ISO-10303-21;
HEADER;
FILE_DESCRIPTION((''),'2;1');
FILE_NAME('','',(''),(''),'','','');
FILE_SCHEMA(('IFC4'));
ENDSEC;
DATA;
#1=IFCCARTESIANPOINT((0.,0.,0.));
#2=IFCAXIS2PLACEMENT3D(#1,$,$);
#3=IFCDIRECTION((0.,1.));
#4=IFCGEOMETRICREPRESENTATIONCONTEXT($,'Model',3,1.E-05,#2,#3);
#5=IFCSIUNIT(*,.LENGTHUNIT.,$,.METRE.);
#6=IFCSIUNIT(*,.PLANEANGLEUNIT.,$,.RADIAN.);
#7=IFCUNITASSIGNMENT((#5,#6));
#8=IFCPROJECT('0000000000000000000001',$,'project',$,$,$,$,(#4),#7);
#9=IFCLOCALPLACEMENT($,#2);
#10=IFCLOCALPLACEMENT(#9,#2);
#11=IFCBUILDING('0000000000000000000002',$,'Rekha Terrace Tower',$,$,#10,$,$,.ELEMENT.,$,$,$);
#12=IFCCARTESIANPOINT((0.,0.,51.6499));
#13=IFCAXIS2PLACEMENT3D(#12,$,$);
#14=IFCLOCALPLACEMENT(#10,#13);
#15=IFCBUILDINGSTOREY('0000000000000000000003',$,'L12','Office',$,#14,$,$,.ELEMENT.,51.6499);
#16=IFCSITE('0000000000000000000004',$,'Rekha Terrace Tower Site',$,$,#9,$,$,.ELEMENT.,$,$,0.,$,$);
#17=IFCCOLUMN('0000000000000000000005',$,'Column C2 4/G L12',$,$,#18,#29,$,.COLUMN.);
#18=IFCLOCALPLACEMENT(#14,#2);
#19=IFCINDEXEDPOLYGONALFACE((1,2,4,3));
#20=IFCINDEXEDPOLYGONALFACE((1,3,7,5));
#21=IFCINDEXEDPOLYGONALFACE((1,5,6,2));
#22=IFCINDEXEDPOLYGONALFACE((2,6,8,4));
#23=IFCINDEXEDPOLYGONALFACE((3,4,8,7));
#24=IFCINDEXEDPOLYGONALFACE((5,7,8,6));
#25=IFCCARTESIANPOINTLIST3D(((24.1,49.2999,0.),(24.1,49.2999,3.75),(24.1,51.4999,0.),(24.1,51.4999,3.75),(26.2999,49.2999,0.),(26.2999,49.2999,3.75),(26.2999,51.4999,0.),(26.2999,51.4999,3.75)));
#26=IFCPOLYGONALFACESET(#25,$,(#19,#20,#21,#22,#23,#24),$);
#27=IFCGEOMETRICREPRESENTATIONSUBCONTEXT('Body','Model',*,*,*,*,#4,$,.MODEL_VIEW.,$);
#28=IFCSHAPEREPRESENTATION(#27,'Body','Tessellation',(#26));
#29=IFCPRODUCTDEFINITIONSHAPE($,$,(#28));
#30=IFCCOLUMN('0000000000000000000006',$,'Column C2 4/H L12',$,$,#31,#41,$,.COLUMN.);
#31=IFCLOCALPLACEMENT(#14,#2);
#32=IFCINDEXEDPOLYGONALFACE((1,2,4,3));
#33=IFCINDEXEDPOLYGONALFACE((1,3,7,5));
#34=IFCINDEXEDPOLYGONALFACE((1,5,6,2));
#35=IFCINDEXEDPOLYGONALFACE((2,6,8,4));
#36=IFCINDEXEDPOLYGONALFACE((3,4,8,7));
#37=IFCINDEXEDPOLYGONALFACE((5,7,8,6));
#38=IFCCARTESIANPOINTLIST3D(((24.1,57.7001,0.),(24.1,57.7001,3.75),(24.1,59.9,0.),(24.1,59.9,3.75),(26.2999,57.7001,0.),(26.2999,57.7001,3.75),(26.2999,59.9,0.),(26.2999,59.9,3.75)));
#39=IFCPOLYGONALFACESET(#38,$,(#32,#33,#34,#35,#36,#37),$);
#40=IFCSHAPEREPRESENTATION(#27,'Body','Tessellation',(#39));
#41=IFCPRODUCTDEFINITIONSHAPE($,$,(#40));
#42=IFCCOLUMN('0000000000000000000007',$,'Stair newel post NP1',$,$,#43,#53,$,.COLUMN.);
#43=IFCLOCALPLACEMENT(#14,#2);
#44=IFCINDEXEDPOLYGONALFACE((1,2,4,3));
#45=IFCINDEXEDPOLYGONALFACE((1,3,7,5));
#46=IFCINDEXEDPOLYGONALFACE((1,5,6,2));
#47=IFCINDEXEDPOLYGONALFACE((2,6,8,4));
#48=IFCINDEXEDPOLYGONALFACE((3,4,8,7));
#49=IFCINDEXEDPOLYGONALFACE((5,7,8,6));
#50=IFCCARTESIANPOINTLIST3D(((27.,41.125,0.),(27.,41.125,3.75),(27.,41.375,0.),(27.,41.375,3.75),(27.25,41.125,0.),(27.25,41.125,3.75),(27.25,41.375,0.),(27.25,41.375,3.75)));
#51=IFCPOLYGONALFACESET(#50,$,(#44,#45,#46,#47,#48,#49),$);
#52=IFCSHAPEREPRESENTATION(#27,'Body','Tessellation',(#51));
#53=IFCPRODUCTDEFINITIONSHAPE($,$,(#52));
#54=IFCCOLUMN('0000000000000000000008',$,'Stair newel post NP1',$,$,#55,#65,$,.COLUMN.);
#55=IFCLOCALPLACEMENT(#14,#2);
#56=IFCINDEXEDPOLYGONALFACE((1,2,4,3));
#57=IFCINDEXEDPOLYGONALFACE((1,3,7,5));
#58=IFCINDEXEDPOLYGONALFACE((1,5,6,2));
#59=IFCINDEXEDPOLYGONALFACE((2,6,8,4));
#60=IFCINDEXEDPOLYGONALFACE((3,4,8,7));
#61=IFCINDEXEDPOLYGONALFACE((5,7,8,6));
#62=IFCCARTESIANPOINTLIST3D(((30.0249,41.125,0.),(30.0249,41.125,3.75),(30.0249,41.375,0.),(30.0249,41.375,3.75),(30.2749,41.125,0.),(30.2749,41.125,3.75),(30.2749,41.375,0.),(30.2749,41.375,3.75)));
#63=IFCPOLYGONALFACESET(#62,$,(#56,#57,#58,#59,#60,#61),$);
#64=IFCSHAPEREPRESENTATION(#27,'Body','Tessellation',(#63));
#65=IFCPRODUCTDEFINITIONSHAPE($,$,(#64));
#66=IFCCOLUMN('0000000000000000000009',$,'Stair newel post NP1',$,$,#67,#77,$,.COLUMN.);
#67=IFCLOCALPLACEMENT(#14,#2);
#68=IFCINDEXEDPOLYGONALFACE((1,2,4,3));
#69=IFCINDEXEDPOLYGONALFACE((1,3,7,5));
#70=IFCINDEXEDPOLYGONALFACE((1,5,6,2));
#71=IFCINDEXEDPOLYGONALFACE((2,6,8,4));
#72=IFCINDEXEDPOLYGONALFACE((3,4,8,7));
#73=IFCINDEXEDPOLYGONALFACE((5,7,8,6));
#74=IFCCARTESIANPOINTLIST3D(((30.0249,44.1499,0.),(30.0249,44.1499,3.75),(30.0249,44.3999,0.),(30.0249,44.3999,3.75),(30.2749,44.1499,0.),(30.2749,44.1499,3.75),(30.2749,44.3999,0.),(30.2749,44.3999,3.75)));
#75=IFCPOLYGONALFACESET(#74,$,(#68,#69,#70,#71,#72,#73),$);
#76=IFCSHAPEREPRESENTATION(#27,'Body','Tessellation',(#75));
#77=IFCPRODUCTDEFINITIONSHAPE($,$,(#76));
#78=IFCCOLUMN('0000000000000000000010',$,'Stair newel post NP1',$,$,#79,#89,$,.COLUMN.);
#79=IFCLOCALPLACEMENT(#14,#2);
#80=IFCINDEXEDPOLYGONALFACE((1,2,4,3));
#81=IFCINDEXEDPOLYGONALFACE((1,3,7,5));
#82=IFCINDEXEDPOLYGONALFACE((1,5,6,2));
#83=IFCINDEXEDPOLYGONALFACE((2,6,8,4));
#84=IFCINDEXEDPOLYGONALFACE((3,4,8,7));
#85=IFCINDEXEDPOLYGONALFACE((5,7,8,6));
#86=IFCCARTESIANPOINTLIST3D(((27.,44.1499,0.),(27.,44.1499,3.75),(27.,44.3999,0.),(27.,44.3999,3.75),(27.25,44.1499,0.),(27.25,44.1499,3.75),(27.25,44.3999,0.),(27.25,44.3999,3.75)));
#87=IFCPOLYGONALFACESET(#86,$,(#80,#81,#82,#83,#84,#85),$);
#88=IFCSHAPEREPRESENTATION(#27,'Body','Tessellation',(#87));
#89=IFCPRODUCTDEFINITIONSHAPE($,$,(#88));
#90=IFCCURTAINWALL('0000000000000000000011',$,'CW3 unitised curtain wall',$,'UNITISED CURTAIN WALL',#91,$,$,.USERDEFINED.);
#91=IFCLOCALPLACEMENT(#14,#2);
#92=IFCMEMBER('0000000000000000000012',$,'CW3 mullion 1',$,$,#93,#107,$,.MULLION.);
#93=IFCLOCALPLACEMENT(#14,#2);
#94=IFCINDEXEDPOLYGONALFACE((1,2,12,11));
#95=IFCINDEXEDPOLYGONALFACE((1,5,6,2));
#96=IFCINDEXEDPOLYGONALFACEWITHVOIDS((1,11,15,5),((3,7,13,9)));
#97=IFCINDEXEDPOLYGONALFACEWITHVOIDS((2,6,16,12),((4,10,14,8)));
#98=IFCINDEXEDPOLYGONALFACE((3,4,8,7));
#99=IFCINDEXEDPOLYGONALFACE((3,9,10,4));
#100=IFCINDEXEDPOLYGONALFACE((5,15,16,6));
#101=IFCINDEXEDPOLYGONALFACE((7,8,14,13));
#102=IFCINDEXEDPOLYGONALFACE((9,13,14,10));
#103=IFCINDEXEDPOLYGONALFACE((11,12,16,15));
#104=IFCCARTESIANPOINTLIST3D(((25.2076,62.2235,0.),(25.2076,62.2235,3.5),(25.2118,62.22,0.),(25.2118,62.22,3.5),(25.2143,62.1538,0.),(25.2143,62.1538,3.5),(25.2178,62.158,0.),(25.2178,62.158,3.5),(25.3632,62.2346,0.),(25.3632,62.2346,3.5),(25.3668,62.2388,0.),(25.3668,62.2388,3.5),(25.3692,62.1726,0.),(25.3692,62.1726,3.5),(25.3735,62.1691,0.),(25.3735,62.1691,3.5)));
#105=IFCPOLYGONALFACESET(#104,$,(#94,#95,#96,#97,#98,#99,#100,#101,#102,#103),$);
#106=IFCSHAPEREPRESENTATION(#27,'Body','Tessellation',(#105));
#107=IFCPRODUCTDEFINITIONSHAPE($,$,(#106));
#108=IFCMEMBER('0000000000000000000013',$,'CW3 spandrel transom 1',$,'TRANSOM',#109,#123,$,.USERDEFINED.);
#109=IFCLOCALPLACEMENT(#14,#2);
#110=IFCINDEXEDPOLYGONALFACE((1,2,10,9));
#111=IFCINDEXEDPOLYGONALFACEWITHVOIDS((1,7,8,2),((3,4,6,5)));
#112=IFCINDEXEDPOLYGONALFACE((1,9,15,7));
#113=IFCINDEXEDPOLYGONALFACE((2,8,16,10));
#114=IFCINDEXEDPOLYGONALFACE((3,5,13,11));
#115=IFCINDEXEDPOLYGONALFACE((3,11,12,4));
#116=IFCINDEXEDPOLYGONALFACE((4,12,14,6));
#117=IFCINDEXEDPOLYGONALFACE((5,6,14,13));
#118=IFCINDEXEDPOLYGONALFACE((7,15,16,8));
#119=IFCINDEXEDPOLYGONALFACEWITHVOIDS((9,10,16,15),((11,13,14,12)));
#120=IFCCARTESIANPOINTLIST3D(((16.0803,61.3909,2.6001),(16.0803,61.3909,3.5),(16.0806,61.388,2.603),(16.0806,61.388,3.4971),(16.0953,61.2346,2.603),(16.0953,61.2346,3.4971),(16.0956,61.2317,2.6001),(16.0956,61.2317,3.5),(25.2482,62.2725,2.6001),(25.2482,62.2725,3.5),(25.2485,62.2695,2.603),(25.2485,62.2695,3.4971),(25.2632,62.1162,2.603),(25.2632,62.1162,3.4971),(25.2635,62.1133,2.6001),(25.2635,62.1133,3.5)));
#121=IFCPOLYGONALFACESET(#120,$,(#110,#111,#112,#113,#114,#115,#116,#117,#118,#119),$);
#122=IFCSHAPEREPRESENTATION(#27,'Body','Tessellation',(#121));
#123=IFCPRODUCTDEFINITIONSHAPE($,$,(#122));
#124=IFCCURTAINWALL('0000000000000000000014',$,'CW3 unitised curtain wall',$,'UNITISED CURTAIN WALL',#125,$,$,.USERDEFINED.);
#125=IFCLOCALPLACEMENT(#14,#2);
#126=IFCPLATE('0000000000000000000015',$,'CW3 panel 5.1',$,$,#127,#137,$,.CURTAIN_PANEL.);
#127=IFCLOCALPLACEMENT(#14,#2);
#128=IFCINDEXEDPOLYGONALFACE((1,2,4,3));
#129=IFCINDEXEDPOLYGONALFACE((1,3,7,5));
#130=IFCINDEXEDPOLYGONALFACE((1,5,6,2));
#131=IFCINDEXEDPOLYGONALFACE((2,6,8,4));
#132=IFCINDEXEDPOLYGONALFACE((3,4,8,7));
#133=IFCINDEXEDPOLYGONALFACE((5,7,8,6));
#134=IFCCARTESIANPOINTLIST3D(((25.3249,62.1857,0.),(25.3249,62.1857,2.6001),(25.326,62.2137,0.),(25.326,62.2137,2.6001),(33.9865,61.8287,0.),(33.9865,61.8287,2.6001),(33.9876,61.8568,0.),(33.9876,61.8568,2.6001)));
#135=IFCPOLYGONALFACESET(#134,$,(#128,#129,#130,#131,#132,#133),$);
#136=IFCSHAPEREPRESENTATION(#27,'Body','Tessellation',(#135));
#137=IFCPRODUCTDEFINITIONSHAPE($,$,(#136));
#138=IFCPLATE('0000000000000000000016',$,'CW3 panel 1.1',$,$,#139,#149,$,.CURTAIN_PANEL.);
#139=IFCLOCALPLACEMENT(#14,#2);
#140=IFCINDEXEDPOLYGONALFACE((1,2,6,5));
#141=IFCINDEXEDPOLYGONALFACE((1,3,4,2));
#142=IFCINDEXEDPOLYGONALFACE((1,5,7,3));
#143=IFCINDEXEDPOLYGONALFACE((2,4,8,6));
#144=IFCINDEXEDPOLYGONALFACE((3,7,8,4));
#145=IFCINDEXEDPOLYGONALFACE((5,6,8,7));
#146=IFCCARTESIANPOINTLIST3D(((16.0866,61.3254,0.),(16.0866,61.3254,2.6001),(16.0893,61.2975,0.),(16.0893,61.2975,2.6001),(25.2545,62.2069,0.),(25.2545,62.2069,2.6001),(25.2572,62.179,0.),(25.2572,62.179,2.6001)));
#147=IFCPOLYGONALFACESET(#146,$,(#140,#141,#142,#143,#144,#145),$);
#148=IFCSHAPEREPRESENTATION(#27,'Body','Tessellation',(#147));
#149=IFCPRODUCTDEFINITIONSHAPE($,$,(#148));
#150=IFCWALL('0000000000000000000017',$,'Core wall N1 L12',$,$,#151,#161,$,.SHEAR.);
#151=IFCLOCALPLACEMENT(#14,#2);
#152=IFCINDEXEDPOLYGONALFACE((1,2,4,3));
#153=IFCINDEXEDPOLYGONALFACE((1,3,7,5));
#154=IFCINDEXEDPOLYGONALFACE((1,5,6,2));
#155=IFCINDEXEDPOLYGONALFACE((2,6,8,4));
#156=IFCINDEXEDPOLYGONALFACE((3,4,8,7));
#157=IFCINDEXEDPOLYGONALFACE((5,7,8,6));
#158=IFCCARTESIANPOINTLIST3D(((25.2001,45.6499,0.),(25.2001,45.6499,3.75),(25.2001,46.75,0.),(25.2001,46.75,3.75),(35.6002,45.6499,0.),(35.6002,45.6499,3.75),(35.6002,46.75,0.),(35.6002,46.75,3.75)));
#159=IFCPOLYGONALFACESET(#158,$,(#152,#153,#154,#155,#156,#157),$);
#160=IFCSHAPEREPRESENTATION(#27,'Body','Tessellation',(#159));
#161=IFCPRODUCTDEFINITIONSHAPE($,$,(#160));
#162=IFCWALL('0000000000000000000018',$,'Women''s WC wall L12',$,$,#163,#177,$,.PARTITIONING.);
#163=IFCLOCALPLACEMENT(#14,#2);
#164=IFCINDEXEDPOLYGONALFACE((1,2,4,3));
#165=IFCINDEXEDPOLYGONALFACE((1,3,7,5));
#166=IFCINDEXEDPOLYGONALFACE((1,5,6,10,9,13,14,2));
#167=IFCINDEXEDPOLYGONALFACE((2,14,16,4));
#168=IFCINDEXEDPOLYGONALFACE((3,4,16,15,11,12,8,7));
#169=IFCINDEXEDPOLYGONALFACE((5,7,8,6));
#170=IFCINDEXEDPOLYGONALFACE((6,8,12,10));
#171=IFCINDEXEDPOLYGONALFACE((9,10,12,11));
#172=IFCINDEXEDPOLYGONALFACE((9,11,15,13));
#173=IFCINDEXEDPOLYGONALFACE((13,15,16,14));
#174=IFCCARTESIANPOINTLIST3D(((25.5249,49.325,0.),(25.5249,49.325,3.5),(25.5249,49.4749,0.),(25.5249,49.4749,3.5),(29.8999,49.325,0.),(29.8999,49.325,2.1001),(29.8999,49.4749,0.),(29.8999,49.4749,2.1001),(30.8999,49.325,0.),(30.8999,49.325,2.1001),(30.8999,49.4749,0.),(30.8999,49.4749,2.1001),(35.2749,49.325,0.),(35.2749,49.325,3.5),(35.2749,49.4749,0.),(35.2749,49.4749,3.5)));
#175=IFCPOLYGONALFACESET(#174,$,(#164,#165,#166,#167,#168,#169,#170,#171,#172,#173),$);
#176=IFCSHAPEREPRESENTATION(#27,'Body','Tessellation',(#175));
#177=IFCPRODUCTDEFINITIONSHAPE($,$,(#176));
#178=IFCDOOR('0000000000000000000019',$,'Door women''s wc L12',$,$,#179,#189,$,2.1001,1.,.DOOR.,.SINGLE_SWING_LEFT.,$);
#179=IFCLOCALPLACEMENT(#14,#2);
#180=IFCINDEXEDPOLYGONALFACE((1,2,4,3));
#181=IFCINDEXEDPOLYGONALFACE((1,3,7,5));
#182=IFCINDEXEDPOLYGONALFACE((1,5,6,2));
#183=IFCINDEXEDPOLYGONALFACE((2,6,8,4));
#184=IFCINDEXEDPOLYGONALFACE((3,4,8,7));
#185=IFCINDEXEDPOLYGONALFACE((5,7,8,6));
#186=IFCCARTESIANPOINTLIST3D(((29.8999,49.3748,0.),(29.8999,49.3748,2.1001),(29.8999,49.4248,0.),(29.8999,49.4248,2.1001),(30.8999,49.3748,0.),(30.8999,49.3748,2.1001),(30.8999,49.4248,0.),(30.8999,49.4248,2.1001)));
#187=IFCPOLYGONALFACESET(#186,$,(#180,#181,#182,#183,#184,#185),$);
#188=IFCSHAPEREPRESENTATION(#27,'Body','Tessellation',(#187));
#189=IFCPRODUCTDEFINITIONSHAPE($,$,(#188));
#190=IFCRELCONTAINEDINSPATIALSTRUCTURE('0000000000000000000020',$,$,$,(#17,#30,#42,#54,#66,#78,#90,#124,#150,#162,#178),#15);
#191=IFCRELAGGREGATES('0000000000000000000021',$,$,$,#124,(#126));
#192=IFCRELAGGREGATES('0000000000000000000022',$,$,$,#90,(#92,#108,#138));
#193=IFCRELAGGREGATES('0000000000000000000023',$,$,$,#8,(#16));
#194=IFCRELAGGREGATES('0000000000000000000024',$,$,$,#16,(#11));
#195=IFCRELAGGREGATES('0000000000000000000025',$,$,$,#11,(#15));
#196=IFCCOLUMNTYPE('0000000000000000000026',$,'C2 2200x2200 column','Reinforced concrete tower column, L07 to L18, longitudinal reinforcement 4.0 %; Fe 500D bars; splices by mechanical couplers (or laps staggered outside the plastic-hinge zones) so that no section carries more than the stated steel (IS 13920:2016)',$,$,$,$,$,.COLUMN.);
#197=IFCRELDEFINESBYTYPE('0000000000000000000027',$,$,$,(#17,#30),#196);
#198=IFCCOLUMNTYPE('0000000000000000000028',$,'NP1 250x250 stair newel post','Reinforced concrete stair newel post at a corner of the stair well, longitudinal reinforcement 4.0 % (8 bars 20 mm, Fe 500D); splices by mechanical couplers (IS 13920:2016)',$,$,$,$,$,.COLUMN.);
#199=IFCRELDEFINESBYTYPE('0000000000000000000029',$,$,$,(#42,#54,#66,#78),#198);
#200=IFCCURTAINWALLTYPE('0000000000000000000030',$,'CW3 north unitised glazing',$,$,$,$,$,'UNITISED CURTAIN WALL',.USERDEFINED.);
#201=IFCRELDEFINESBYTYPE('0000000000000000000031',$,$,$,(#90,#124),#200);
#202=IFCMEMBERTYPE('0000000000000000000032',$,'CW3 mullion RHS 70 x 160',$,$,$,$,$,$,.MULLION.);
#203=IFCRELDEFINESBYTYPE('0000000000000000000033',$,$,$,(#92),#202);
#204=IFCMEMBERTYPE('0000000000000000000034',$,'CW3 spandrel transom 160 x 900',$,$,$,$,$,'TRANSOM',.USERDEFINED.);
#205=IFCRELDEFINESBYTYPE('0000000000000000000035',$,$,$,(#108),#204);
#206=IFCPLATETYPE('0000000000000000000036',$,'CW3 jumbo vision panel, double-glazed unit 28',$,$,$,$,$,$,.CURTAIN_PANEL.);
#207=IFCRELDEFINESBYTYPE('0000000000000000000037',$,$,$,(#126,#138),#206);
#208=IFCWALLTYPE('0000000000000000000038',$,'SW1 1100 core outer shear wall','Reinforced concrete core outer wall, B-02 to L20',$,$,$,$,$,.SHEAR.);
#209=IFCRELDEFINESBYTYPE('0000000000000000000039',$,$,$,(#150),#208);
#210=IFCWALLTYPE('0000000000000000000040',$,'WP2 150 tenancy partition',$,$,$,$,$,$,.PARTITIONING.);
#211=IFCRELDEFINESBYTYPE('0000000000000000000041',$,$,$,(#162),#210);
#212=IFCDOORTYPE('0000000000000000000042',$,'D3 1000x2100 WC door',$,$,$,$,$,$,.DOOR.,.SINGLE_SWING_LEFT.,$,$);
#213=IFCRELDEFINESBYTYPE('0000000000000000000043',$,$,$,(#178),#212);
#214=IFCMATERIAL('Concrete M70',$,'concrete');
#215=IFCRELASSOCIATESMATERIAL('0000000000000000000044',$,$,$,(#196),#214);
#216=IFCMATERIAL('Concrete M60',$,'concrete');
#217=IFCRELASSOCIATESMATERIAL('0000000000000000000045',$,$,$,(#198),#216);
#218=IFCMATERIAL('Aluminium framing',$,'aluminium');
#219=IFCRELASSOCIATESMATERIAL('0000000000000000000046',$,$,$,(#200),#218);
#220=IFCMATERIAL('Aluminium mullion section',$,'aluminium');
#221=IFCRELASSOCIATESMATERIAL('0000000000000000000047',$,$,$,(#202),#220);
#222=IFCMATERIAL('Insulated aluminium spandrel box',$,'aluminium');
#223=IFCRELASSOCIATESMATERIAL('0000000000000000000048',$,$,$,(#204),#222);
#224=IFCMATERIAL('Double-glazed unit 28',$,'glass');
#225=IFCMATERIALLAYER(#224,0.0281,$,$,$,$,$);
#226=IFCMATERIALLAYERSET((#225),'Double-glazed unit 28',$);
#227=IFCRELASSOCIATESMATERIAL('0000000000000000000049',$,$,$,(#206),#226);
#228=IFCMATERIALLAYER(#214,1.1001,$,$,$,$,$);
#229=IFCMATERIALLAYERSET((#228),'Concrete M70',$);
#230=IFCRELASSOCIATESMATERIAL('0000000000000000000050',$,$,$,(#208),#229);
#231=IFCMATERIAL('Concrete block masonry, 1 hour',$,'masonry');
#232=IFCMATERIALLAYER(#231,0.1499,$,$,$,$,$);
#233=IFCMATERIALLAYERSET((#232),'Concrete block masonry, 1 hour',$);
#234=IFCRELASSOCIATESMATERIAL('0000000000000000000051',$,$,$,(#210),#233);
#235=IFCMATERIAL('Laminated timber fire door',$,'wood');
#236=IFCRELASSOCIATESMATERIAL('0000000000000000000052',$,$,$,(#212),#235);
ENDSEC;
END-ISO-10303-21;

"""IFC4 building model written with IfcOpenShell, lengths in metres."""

from ifc_helpers import new_model, si_unit, direction, frame, frame_2d, origin, origin_2d, place, context, subcontext, project, spatial, rectangle, hollow_rectangle, extrude, material, layer, layer_set, material_profile, profile_set, type_object, element, fill, aggregate, save


model = new_model("IFC4")

# Units and contexts
model_context = context("Model", 3, precision=1e-05, world=origin(), true_north=direction((0.0, 1.0)))
body_context = subcontext(model_context, "Body", "Model", "MODEL_VIEW")
ifc_project = project(units=[si_unit("LENGTHUNIT", "METRE"), si_unit("PLANEANGLEUNIT", "RADIAN")], contexts=[model_context])

# Site, building, storey
site_placement = place(None, origin())
site = spatial("IfcSite", under=ifc_project, at=site_placement, Name="Rekha Terrace Tower Site", CompositionType="ELEMENT", RefElevation=0.0)
building_placement = place(site_placement, origin())
building = spatial("IfcBuilding", under=site, at=building_placement, Name="Rekha Terrace Tower", CompositionType="ELEMENT")
storey_placement = place(building_placement, frame((0.0, 0.0, 51.6499)))
storey = spatial("IfcBuildingStorey", under=building, at=storey_placement, Name="L12", Description="Office", CompositionType="ELEMENT", Elevation=51.6499)

# Columns
ifc_material_1 = material(Name="Concrete M70", Category="concrete")
ifc_material_profile_1 = material_profile(ifc_material_1, rectangle(XDim=2.2, YDim=2.2, at=origin_2d()), Name="RC 2200x2200")
ifc_profile_set_1 = profile_set([ifc_material_profile_1], Name="Concrete M70")
column_type_1 = type_object("IfcColumnType", Name="C2 2200x2200 column", Description="Reinforced concrete tower column, L07 to L18, longitudinal reinforcement 4.0 %; Fe 500D bars; splices by mechanical couplers (or laps staggered outside the plastic-hinge zones) so that no section carries more than the stated steel (IS 13920:2016)", PredefinedType="COLUMN", material=ifc_profile_set_1)
for number, where, z_axis, x_axis, name in (
    (1, (25.2, 50.3999, 0.0), (0.0, 0.0, 1.0), (1.0, 0.0, 0.0), "Column C2 4/G L12"),
    (2, (25.2, 58.8, 0.0), (0.0, 0.0, 1.0), (1.0, 0.0, 0.0), "Column C2 4/H L12"),
):
    element("IfcColumn", number, at=place(storey_placement, frame(where, z_axis=z_axis, x_axis=x_axis)), inside=storey, type_object=column_type_1, Name=name, PredefinedType="COLUMN", context=body_context, shape_type="SweptSolid", body=[
        extrude(rectangle(XDim=2.2, YDim=2.2, at=origin_2d()), origin(), (0.0, 0.0, 1.0), 3.75),
    ])
ifc_material_2 = material(Name="Concrete M60", Category="concrete")
ifc_material_profile_2 = material_profile(ifc_material_2, rectangle(XDim=0.25, YDim=0.25, at=origin_2d()), Name="RC 250x250")
ifc_profile_set_2 = profile_set([ifc_material_profile_2], Name="Concrete M60")
column_type_2 = type_object("IfcColumnType", Name="NP1 250x250 stair newel post", Description="Reinforced concrete stair newel post at a corner of the stair well, longitudinal reinforcement 4.0 % (8 bars 20 mm, Fe 500D); splices by mechanical couplers (IS 13920:2016)", PredefinedType="COLUMN", material=ifc_profile_set_2)
for number, where, z_axis, x_axis, name in (
    (3, (27.125, 41.25, 0.0), (0.0, 0.0, 1.0), (1.0, 0.0, 0.0), "Stair newel post NP1"),
    (4, (30.1499, 41.25, 0.0), (0.0, 0.0, 1.0), (1.0, 0.0, 0.0), "Stair newel post NP1"),
    (5, (30.1499, 44.2749, 0.0), (0.0, 0.0, 1.0), (1.0, 0.0, 0.0), "Stair newel post NP1"),
    (6, (27.125, 44.2749, 0.0), (0.0, 0.0, 1.0), (1.0, 0.0, 0.0), "Stair newel post NP1"),
):
    element("IfcColumn", number, at=place(storey_placement, frame(where, z_axis=z_axis, x_axis=x_axis)), inside=storey, type_object=column_type_2, Name=name, PredefinedType="COLUMN", context=body_context, shape_type="SweptSolid", body=[
        extrude(rectangle(XDim=0.25, YDim=0.25, at=origin_2d()), origin(), (0.0, 0.0, 1.0), 3.75),
    ])

# Curtain wall, members
ifc_material_3 = material(Name="Aluminium framing", Category="aluminium")
curtain_wall_type = type_object("IfcCurtainWallType", Name="CW3 north unitised glazing", ElementType="UNITISED CURTAIN WALL", PredefinedType="USERDEFINED", material=ifc_material_3)
curtain_wall_1_placement = place(storey_placement, origin())
curtain_wall_1 = element("IfcCurtainWall", 7, at=curtain_wall_1_placement, inside=storey, type_object=curtain_wall_type, Name="CW3 unitised curtain wall", ObjectType="UNITISED CURTAIN WALL", PredefinedType="USERDEFINED")
ifc_material_4 = material(Name="Aluminium mullion section", Category="aluminium")
ifc_material_profile_3 = material_profile(ifc_material_4, hollow_rectangle(XDim=0.0701, YDim=0.1599, WallThickness=0.0039, at=origin_2d()), Name="AL RHS 70x160")
ifc_profile_set_3 = profile_set([ifc_material_profile_3], Name="Aluminium mullion section")
member_type_1 = type_object("IfcMemberType", Name="CW3 mullion RHS 70 x 160", PredefinedType="MULLION", material=ifc_profile_set_3)
member_1_placement = place(storey_placement, frame((25.2905, 62.1963, 0.0), z_axis=(0.0, 0.0, 1.0), x_axis=(0.095712, -0.995409, 0.0)))
member_1 = element("IfcMember", 8, at=member_1_placement, type_object=member_type_1, Name="CW3 mullion 1", PredefinedType="MULLION", context=body_context, shape_type="SweptSolid", body=[
    extrude(hollow_rectangle(XDim=0.0701, YDim=0.1599, WallThickness=0.0039, at=origin_2d()), origin(), (0.0, 0.0, 1.0), 3.5),
])
ifc_material_5 = material(Name="Insulated aluminium spandrel box", Category="aluminium")
ifc_material_profile_4 = material_profile(ifc_material_5, hollow_rectangle(XDim=0.1599, YDim=0.8999, WallThickness=0.0029, at=origin_2d()), Name="AL SPANDREL BOX 160x900")
ifc_profile_set_4 = profile_set([ifc_material_profile_4], Name="Insulated aluminium spandrel box")
member_type_2 = type_object("IfcMemberType", Name="CW3 spandrel transom 160 x 900", ElementType="TRANSOM", PredefinedType="USERDEFINED", material=ifc_profile_set_4)
member_2_placement = place(storey_placement, frame((25.2559, 62.1929, 3.05), z_axis=(-0.995408, -0.095718, 0.0), x_axis=(0.095718, -0.995408, 0.0)))
member_2 = element("IfcMember", 9, at=member_2_placement, type_object=member_type_2, Name="CW3 spandrel transom 1", ObjectType="TRANSOM", PredefinedType="USERDEFINED", context=body_context, shape_type="SweptSolid", body=[
    extrude(hollow_rectangle(XDim=0.1599, YDim=0.8999, WallThickness=0.0029, at=origin_2d()), origin(), (0.0, 0.0, 1.0), 9.2102),
])

# Curtain wall, plate
curtain_wall_2_placement = place(storey_placement, origin())
curtain_wall_2 = element("IfcCurtainWall", 10, at=curtain_wall_2_placement, inside=storey, type_object=curtain_wall_type, Name="CW3 unitised curtain wall", ObjectType="UNITISED CURTAIN WALL", PredefinedType="USERDEFINED")
ifc_material_6 = material(Name="Double-glazed unit 28", Category="glass")
ifc_layer_1 = layer(ifc_material_6, 0.0281)
ifc_layer_set_1 = layer_set([ifc_layer_1], Name="Double-glazed unit 28")
plate_type = type_object("IfcPlateType", Name="CW3 jumbo vision panel, double-glazed unit 28", PredefinedType="CURTAIN_PANEL", material=ifc_layer_set_1)
plate_1_placement = place(storey_placement, frame((29.6562, 62.0212, 0.0), z_axis=(0.0, 0.0, 1.0), x_axis=(-0.999152, 0.041174, 0.0)))
plate_1 = element("IfcPlate", 11, at=plate_1_placement, type_object=plate_type, Name="CW3 panel 5.1", PredefinedType="CURTAIN_PANEL", context=body_context, shape_type="SweptSolid", body=[
    extrude(rectangle(XDim=8.6689, YDim=0.0281, at=origin_2d()), origin(), (0.0, 0.0, 1.0), 2.6001),
])
aggregate(curtain_wall_2, [plate_1])

# Plate
plate_2_placement = place(storey_placement, frame((20.6719, 61.7522, 0.0), z_axis=(0.0, 0.0, 1.0), x_axis=(-0.995409, -0.095712, 0.0)))
plate_2 = element("IfcPlate", 12, at=plate_2_placement, type_object=plate_type, Name="CW3 panel 1.1", PredefinedType="CURTAIN_PANEL", context=body_context, shape_type="SweptSolid", body=[
    extrude(rectangle(XDim=9.2102, YDim=0.0281, at=origin_2d()), origin(), (0.0, 0.0, 1.0), 2.6001),
])
aggregate(curtain_wall_1, [member_1, member_2, plate_2])

# Wall
ifc_layer_2 = layer(ifc_material_1, 1.1001)
ifc_layer_set_2 = layer_set([ifc_layer_2], Name="Concrete M70")
wall_type_1 = type_object("IfcWallType", Name="SW1 1100 core outer shear wall", Description="Reinforced concrete core outer wall, B-02 to L20", PredefinedType="SHEAR", material=ifc_layer_set_2)
wall_1_placement = place(storey_placement, frame((25.2, 46.2, 0.0), z_axis=(0.0, 0.0, 1.0), x_axis=(1.0, 0.0, 0.0)))
element("IfcWall", 13, at=wall_1_placement, inside=storey, type_object=wall_type_1, Name="Core wall N1 L12", PredefinedType="SHEAR", context=body_context, shape_type="SweptSolid", body=[
    extrude(rectangle(XDim=10.4001, YDim=1.1001, at=frame_2d((5.2002, 0.0))), origin(), (0.0, 0.0, 1.0), 3.75),
])

# Wall, opening, door
ifc_material_7 = material(Name="Concrete block masonry, 1 hour", Category="masonry")
ifc_layer_3 = layer(ifc_material_7, 0.1499)
ifc_layer_set_3 = layer_set([ifc_layer_3], Name="Concrete block masonry, 1 hour")
wall_type_2 = type_object("IfcWallType", Name="WP2 150 tenancy partition", PredefinedType="PARTITIONING", material=ifc_layer_set_3)
wall_2_placement = place(storey_placement, frame((25.5249, 49.3999, 0.0), z_axis=(0.0, 0.0, 1.0), x_axis=(1.0, 0.0, 0.0)))
wall_2 = element("IfcWall", 14, at=wall_2_placement, inside=storey, type_object=wall_type_2, Name="Women's WC wall L12", PredefinedType="PARTITIONING", context=body_context, shape_type="SweptSolid", body=[
    extrude(rectangle(XDim=9.75, YDim=0.1499, at=frame_2d((4.875, 0.0))), origin(), (0.0, 0.0, 1.0), 3.5),
])
opening_1_placement = place(wall_2_placement, frame((4.375, 0.0, 0.0)))
opening_1 = element("IfcOpeningElement", 15, at=opening_1_placement, cuts=wall_2, PredefinedType="OPENING", context=body_context, shape_type="SweptSolid", body=[
    extrude(rectangle(XDim=1.0, YDim=2.1001, at=frame_2d((0.5, 1.05))), frame((0.0, 0.085, 0.0), z_axis=(0.0, -1.0, 0.0), x_axis=(1.0, 0.0, 0.0)), (0.0, 0.0, 1.0), 0.1699),
])
ifc_material_8 = material(Name="Laminated timber fire door", Category="wood")
door_type_1 = type_object("IfcDoorType", Name="D3 1000x2100 WC door", OperationType="SINGLE_SWING_LEFT", PredefinedType="DOOR", material=ifc_material_8)
door_1_placement = place(opening_1_placement, origin())
door_1 = element("IfcDoor", 16, at=door_1_placement, inside=storey, type_object=door_type_1, Name="Door women's wc L12", OperationType="SINGLE_SWING_LEFT", OverallHeight=2.1001, OverallWidth=1.0, PredefinedType="DOOR", context=body_context, shape_type="SweptSolid", body=[
    extrude(rectangle(XDim=1.0, YDim=2.1001, at=frame_2d((0.5, 1.05))), frame((0.0, 0.0249, 0.0), z_axis=(0.0, -1.0, 0.0), x_axis=(1.0, 0.0, 0.0)), (0.0, 0.0, 1.0), 0.05),
])
fill(opening_1, door_1)

save(model, "model.ifc")
